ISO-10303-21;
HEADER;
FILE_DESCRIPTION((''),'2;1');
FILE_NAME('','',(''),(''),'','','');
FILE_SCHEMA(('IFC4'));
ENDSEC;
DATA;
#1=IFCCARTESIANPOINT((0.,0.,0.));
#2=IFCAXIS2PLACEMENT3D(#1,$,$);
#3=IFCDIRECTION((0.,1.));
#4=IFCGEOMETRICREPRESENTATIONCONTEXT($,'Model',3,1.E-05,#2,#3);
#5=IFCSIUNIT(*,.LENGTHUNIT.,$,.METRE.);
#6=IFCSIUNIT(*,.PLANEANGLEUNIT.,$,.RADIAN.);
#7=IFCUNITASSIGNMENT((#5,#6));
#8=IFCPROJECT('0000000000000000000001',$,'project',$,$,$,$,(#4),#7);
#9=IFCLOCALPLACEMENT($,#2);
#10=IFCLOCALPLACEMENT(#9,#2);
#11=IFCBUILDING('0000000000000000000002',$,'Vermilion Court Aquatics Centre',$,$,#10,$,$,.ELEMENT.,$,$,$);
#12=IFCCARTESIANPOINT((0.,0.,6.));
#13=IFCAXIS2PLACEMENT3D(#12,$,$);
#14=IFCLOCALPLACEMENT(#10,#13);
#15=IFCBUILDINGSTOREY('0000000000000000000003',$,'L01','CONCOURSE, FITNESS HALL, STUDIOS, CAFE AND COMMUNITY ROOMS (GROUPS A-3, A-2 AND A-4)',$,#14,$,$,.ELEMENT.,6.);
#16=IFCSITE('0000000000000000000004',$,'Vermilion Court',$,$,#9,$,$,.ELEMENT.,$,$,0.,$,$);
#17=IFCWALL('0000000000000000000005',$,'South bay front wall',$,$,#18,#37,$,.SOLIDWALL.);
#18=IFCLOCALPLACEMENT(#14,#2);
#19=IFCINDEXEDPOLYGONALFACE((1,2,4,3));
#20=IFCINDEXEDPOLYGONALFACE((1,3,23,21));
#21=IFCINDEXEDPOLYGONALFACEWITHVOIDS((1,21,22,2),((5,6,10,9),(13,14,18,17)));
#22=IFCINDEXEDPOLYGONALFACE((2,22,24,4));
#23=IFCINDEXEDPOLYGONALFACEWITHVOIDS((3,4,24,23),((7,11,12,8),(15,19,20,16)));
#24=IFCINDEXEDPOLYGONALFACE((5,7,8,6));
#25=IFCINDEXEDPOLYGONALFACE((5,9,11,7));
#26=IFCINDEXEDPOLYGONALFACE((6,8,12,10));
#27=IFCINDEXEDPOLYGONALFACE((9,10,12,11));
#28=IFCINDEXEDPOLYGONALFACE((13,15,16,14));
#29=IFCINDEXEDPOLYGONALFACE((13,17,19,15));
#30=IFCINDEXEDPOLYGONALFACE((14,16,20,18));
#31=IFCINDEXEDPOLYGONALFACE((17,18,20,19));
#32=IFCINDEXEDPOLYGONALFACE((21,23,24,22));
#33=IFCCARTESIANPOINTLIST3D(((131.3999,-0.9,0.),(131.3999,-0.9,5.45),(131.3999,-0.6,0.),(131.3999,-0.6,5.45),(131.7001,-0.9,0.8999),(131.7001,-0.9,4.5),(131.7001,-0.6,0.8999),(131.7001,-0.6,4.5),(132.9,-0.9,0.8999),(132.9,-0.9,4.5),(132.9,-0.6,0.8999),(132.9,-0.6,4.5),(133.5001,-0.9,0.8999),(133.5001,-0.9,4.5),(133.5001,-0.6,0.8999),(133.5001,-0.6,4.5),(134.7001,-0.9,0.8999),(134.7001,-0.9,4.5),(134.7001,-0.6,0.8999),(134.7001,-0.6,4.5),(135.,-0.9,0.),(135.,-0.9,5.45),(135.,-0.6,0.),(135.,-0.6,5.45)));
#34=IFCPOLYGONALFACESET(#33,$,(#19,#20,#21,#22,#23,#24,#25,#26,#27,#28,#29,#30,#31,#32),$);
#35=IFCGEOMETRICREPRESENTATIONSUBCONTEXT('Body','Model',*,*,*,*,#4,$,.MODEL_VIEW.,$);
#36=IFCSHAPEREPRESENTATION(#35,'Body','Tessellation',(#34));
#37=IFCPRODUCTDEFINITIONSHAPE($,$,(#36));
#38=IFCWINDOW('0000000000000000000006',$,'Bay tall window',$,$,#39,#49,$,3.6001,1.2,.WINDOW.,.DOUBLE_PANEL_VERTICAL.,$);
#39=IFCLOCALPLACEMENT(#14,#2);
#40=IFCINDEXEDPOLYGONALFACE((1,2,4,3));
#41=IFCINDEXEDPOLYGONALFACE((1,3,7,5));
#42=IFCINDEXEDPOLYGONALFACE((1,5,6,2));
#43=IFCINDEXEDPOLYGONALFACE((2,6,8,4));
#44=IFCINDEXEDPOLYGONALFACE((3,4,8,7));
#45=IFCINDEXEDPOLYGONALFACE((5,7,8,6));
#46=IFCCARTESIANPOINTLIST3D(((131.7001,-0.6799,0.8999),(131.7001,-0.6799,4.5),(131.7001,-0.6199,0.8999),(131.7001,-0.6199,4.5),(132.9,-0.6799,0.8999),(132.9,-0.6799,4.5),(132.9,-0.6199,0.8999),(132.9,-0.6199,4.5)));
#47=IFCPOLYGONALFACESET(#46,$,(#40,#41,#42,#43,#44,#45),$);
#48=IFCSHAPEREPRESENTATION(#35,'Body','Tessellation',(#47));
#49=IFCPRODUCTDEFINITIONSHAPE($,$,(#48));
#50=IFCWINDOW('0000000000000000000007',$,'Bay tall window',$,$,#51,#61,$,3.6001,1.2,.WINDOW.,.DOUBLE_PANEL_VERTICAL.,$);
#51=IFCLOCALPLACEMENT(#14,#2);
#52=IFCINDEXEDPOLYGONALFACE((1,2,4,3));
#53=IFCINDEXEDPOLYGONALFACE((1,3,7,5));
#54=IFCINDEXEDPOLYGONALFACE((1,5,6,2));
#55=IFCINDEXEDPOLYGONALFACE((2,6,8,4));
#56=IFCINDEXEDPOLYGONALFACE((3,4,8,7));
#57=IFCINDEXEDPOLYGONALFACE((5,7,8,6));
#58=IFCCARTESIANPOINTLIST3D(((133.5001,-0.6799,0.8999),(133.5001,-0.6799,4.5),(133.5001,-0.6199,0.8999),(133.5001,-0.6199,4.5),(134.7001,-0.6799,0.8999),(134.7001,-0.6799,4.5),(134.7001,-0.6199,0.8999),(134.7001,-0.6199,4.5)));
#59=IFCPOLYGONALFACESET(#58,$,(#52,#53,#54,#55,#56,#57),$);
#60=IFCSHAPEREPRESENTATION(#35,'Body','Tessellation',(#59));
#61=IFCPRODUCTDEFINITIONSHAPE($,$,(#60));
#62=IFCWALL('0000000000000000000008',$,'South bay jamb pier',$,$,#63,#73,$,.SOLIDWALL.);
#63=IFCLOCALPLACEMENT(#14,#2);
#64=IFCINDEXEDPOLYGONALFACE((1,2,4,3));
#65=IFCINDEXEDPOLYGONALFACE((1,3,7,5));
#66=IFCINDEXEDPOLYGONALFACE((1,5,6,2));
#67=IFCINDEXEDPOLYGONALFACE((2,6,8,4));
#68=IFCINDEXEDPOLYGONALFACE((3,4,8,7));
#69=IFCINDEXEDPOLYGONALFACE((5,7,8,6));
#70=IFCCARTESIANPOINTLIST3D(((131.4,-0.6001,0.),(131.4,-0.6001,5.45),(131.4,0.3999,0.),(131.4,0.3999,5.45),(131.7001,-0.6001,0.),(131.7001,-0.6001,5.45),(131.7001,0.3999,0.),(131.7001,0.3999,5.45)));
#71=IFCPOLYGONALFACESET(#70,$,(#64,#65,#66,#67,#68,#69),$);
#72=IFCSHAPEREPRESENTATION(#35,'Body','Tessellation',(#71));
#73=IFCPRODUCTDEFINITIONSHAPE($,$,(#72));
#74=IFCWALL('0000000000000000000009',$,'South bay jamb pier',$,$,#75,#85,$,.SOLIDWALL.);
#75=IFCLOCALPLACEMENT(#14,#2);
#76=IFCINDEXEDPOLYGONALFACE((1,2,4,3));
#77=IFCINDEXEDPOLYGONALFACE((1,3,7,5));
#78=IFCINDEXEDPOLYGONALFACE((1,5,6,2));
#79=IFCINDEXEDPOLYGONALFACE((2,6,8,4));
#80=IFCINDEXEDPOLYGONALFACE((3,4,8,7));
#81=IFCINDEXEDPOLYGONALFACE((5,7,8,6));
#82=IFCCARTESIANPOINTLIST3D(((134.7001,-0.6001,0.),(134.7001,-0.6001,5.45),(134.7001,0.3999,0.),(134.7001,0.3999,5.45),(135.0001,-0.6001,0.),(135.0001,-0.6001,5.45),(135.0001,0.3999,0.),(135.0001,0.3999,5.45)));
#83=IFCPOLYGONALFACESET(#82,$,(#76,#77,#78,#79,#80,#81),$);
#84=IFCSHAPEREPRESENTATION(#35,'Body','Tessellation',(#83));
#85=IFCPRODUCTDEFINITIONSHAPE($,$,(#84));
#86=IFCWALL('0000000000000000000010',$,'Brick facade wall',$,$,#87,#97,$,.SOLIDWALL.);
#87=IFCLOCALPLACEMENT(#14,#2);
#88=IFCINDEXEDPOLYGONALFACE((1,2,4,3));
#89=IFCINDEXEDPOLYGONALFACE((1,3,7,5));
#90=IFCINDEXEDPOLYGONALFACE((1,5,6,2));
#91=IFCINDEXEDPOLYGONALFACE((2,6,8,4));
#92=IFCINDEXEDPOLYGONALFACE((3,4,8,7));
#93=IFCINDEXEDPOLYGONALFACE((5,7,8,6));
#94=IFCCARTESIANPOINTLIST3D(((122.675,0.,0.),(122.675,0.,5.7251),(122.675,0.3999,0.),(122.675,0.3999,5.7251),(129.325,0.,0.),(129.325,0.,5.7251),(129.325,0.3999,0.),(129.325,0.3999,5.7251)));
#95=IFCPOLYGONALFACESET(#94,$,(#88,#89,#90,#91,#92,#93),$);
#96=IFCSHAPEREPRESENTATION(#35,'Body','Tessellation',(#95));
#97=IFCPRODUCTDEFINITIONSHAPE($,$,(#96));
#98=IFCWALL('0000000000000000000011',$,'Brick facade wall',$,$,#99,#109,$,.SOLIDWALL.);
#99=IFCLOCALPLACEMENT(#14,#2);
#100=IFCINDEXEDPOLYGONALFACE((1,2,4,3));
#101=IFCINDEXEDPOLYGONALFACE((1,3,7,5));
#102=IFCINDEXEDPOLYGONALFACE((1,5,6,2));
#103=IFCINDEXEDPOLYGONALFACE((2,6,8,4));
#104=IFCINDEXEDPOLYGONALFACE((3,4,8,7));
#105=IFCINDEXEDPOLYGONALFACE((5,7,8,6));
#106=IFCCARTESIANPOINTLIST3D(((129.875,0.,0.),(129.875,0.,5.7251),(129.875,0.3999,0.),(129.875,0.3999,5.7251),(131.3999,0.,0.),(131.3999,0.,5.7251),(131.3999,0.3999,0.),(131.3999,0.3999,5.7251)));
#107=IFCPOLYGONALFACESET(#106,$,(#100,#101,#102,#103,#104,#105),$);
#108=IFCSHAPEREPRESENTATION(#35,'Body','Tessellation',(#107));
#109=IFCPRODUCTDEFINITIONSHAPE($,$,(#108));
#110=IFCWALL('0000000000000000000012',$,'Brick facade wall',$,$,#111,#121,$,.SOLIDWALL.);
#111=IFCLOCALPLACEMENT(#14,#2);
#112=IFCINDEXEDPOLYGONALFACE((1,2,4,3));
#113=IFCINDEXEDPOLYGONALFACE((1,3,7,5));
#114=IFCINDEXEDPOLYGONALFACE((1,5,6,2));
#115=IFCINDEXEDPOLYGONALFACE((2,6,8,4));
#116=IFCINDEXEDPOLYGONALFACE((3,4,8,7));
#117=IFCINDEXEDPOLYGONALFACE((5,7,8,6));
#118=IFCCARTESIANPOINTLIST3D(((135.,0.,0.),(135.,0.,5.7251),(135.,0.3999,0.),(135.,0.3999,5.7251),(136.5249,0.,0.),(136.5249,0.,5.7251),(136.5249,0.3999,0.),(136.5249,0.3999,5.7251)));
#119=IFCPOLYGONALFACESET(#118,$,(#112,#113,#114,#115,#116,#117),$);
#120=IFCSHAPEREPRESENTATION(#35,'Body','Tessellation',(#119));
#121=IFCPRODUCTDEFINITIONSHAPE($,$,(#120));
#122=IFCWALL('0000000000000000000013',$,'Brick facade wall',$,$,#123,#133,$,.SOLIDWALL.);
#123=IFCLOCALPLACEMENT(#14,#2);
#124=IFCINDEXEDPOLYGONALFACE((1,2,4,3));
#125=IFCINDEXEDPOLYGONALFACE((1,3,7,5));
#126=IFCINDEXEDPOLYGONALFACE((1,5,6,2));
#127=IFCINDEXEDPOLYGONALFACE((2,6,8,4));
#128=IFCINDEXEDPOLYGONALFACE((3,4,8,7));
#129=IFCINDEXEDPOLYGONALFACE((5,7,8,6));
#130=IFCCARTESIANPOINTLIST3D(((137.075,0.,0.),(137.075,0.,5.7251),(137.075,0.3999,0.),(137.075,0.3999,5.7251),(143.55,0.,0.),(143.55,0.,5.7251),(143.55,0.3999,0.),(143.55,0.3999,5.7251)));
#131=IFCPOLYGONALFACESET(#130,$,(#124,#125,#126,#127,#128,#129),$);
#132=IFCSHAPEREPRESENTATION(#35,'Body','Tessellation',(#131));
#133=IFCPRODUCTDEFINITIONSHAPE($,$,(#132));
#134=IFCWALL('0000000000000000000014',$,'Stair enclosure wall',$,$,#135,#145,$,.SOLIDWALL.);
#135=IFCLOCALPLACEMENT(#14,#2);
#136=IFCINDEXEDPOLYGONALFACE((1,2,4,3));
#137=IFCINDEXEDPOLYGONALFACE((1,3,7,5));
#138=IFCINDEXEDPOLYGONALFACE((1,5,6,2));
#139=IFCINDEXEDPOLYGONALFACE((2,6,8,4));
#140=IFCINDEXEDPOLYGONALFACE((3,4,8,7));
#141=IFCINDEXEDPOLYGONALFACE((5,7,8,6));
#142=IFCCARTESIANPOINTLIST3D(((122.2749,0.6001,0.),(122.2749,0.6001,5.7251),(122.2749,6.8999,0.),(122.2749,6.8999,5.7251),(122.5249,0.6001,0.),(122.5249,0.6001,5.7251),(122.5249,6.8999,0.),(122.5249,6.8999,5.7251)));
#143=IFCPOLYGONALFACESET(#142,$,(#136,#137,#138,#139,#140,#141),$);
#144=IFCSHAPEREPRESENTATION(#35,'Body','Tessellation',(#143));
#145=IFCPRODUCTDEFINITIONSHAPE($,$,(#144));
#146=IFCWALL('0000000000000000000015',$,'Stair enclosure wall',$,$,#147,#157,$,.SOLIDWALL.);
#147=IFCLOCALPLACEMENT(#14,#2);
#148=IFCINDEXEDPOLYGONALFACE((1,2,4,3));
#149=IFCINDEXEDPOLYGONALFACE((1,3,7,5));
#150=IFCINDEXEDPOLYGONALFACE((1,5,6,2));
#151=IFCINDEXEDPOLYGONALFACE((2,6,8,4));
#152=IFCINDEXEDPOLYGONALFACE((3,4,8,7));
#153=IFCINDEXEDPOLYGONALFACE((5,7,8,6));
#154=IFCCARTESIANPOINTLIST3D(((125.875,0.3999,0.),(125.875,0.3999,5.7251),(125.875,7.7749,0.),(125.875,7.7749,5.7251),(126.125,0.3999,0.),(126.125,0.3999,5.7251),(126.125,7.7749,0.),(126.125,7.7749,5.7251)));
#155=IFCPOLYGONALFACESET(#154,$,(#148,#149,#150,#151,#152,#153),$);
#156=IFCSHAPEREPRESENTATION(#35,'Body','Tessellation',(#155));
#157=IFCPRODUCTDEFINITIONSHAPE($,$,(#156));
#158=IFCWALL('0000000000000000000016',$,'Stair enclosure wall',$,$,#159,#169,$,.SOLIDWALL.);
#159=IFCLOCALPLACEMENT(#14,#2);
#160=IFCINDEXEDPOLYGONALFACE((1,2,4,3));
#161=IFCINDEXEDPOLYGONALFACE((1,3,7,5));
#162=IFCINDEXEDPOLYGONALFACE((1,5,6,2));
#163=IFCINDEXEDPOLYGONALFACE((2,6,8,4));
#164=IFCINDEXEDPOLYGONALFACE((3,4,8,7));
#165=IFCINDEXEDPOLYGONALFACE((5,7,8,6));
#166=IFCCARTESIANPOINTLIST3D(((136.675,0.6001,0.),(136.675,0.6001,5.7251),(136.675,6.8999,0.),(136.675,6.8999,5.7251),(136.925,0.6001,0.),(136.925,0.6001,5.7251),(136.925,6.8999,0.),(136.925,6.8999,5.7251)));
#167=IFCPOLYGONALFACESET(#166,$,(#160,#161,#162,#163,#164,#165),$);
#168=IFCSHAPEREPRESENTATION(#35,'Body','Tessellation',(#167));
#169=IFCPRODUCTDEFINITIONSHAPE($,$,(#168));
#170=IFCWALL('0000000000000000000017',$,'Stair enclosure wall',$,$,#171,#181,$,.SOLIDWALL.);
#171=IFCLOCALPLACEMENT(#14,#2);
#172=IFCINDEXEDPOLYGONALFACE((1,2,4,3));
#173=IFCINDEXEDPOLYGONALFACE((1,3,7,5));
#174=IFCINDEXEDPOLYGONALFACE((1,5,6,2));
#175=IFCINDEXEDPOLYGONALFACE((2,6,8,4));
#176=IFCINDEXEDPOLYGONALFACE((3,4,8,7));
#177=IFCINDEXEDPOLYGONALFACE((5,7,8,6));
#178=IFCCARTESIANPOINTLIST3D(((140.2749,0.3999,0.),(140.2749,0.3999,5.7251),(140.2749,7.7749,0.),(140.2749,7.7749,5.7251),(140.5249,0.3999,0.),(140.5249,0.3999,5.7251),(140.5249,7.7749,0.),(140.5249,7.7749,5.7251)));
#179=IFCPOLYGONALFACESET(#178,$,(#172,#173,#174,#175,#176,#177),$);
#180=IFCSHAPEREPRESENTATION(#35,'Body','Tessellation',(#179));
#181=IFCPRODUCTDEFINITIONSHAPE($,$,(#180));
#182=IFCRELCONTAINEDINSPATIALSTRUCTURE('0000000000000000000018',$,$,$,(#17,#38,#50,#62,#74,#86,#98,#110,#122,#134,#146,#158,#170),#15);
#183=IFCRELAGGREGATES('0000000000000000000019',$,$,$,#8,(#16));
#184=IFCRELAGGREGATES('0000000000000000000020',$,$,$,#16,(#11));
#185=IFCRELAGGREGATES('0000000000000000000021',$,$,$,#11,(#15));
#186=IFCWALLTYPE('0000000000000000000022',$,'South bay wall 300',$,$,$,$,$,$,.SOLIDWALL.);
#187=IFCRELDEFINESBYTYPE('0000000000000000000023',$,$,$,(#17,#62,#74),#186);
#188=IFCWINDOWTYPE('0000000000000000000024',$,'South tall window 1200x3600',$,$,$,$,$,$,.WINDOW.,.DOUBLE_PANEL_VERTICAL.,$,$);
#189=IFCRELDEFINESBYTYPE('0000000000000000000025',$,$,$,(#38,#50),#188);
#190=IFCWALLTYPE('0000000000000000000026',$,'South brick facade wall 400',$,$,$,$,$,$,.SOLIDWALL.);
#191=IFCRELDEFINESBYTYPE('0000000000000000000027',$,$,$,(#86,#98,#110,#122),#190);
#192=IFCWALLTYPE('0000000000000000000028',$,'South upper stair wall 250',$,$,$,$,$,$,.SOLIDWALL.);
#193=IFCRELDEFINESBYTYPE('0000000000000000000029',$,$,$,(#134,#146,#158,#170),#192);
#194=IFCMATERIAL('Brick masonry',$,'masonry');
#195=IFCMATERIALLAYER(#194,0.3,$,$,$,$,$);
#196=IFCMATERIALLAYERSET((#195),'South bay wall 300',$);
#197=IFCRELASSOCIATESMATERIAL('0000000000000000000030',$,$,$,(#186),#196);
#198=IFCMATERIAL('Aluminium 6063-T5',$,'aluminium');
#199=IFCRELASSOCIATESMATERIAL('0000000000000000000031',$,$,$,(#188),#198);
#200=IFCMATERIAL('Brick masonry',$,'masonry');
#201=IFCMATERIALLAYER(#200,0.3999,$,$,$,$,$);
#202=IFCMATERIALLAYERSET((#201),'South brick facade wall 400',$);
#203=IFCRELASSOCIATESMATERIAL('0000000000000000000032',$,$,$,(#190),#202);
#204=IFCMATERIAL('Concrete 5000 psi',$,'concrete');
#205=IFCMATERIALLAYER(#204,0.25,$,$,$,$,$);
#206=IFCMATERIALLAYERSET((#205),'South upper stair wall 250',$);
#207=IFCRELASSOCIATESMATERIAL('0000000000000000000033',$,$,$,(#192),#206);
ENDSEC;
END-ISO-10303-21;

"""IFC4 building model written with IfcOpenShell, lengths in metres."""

from ifc_helpers import new_model, si_unit, direction, frame, frame_2d, origin, place, context, subcontext, project, spatial, rectangle, extrude, material, layer, layer_set, type_object, element, fill, save


model = new_model("IFC4")

# Units and contexts
model_context = context("Model", 3, precision=1e-05, world=origin(), true_north=direction((0.0, 1.0)))
body_context = subcontext(model_context, "Body", "Model", "MODEL_VIEW")
ifc_project = project(units=[si_unit("LENGTHUNIT", "METRE"), si_unit("PLANEANGLEUNIT", "RADIAN")], contexts=[model_context])

# Site, building, storey
site_placement = place(None, origin())
site = spatial("IfcSite", under=ifc_project, at=site_placement, Name="Vermilion Court", CompositionType="ELEMENT", RefElevation=0.0)
building_placement = place(site_placement, origin())
building = spatial("IfcBuilding", under=site, at=building_placement, Name="Vermilion Court Aquatics Centre", CompositionType="ELEMENT")
storey_placement = place(building_placement, frame((0.0, 0.0, 6.0)))
storey = spatial("IfcBuildingStorey", under=building, at=storey_placement, Name="L01", Description="CONCOURSE, FITNESS HALL, STUDIOS, CAFE AND COMMUNITY ROOMS (GROUPS A-3, A-2 AND A-4)", CompositionType="ELEMENT", Elevation=6.0)

# Wall, openings, windows
ifc_material_1 = material(Name="Brick masonry", Category="masonry")
ifc_layer_1 = layer(ifc_material_1, 0.3)
ifc_layer_set_1 = layer_set([ifc_layer_1], Name="South bay wall 300")
wall_type_1 = type_object("IfcWallType", Name="South bay wall 300", PredefinedType="SOLIDWALL", material=ifc_layer_set_1)
wall_1_placement = place(storey_placement, frame((131.3999, -0.75, 0.0), z_axis=(0.0, 0.0, 1.0), x_axis=(1.0, 0.0, 0.0)))
wall_1 = element("IfcWall", 1, at=wall_1_placement, inside=storey, type_object=wall_type_1, Name="South bay front wall", PredefinedType="SOLIDWALL", context=body_context, shape_type="SweptSolid", body=[
    extrude(rectangle(XDim=3.6001, YDim=0.3, at=frame_2d((1.8, 0.0))), origin(), (0.0, 0.0, 1.0), 5.45),
])
opening_1_placement = place(wall_1_placement, frame((0.3, 0.0, 0.8999)))
opening_1 = element("IfcOpeningElement", 2, at=opening_1_placement, cuts=wall_1, PredefinedType="OPENING", context=body_context, shape_type="SweptSolid", body=[
    extrude(rectangle(XDim=1.2, YDim=3.6001, at=frame_2d((0.6001, 1.8))), frame((0.0, 0.1599, 0.0), z_axis=(0.0, -1.0, 0.0), x_axis=(1.0, 0.0, 0.0)), (0.0, 0.0, 1.0), 0.3201),
])
opening_2_placement = place(wall_1_placement, frame((2.1001, 0.0, 0.8999)))
opening_2 = element("IfcOpeningElement", 3, at=opening_2_placement, cuts=wall_1, PredefinedType="OPENING", context=body_context, shape_type="SweptSolid", body=[
    extrude(rectangle(XDim=1.2, YDim=3.6001, at=frame_2d((0.6001, 1.8))), frame((0.0, 0.1599, 0.0), z_axis=(0.0, -1.0, 0.0), x_axis=(1.0, 0.0, 0.0)), (0.0, 0.0, 1.0), 0.3201),
])
ifc_material_2 = material(Name="Aluminium 6063-T5", Category="aluminium")
window_type_1 = type_object("IfcWindowType", Name="South tall window 1200x3600", PartitioningType="DOUBLE_PANEL_VERTICAL", PredefinedType="WINDOW", material=ifc_material_2)
window_1_placement = place(opening_1_placement, origin())
window_1 = element("IfcWindow", 4, at=window_1_placement, inside=storey, type_object=window_type_1, Name="Bay tall window", OverallHeight=3.6001, OverallWidth=1.2, PartitioningType="DOUBLE_PANEL_VERTICAL", PredefinedType="WINDOW", context=body_context, shape_type="SweptSolid", body=[
    extrude(rectangle(XDim=1.2, YDim=3.6001, at=frame_2d((0.6001, 1.8))), frame((0.0, 0.1301, 0.0), z_axis=(0.0, -1.0, 0.0), x_axis=(1.0, 0.0, 0.0)), (0.0, 0.0, 1.0), 0.0601),
])
fill(opening_1, window_1)
window_2_placement = place(opening_2_placement, origin())
window_2 = element("IfcWindow", 5, at=window_2_placement, inside=storey, type_object=window_type_1, Name="Bay tall window", OverallHeight=3.6001, OverallWidth=1.2, PartitioningType="DOUBLE_PANEL_VERTICAL", PredefinedType="WINDOW", context=body_context, shape_type="SweptSolid", body=[
    extrude(rectangle(XDim=1.2, YDim=3.6001, at=frame_2d((0.6001, 1.8))), frame((0.0, 0.1301, 0.0), z_axis=(0.0, -1.0, 0.0), x_axis=(1.0, 0.0, 0.0)), (0.0, 0.0, 1.0), 0.0601),
])
fill(opening_2, window_2)

# Walls
for number, where, z_axis, x_axis, name in (
    (6, (131.55, -0.6001, 0.0), (0.0, 0.0, 1.0), (0.0, 1.0, 0.0), "South bay jamb pier"),
    (7, (134.8501, -0.6001, 0.0), (0.0, 0.0, 1.0), (0.0, 1.0, 0.0), "South bay jamb pier"),
):
    element("IfcWall", number, at=place(storey_placement, frame(where, z_axis=z_axis, x_axis=x_axis)), inside=storey, type_object=wall_type_1, Name=name, PredefinedType="SOLIDWALL", context=body_context, shape_type="SweptSolid", body=[
        extrude(rectangle(XDim=1.0, YDim=0.3, at=frame_2d((0.5, 0.0))), origin(), (0.0, 0.0, 1.0), 5.45),
    ])
ifc_material_3 = material(Name="Brick masonry", Category="masonry")
ifc_layer_2 = layer(ifc_material_3, 0.3999)
ifc_layer_set_2 = layer_set([ifc_layer_2], Name="South brick facade wall 400")
wall_type_2 = type_object("IfcWallType", Name="South brick facade wall 400", PredefinedType="SOLIDWALL", material=ifc_layer_set_2)
wall_2_placement = place(storey_placement, frame((122.675, 0.2, 0.0), z_axis=(0.0, 0.0, 1.0), x_axis=(1.0, 0.0, 0.0)))
element("IfcWall", 8, at=wall_2_placement, inside=storey, type_object=wall_type_2, Name="Brick facade wall", PredefinedType="SOLIDWALL", context=body_context, shape_type="SweptSolid", body=[
    extrude(rectangle(XDim=6.6499, YDim=0.3999, at=frame_2d((3.325, 0.0))), origin(), (0.0, 0.0, 1.0), 5.7251),
])
for number, where, z_axis, x_axis, name in (
    (9, (129.875, 0.2, 0.0), (0.0, 0.0, 1.0), (1.0, 0.0, 0.0), "Brick facade wall"),
    (10, (135.0, 0.2, 0.0), (0.0, 0.0, 1.0), (1.0, 0.0, 0.0), "Brick facade wall"),
):
    element("IfcWall", number, at=place(storey_placement, frame(where, z_axis=z_axis, x_axis=x_axis)), inside=storey, type_object=wall_type_2, Name=name, PredefinedType="SOLIDWALL", context=body_context, shape_type="SweptSolid", body=[
        extrude(rectangle(XDim=1.5249, YDim=0.3999, at=frame_2d((0.7625, 0.0))), origin(), (0.0, 0.0, 1.0), 5.7251),
    ])
wall_3_placement = place(storey_placement, frame((137.075, 0.2, 0.0), z_axis=(0.0, 0.0, 1.0), x_axis=(1.0, 0.0, 0.0)))
element("IfcWall", 11, at=wall_3_placement, inside=storey, type_object=wall_type_2, Name="Brick facade wall", PredefinedType="SOLIDWALL", context=body_context, shape_type="SweptSolid", body=[
    extrude(rectangle(XDim=6.4751, YDim=0.3999, at=frame_2d((3.2375, 0.0))), origin(), (0.0, 0.0, 1.0), 5.7251),
])
ifc_material_4 = material(Name="Concrete 5000 psi", Category="concrete")
ifc_layer_3 = layer(ifc_material_4, 0.25)
ifc_layer_set_3 = layer_set([ifc_layer_3], Name="South upper stair wall 250")
wall_type_3 = type_object("IfcWallType", Name="South upper stair wall 250", PredefinedType="SOLIDWALL", material=ifc_layer_set_3)
wall_4_placement = place(storey_placement, frame((122.3999, 0.6001, 0.0), z_axis=(0.0, 0.0, 1.0), x_axis=(0.0, 1.0, 0.0)))
element("IfcWall", 12, at=wall_4_placement, inside=storey, type_object=wall_type_3, Name="Stair enclosure wall", PredefinedType="SOLIDWALL", context=body_context, shape_type="SweptSolid", body=[
    extrude(rectangle(XDim=6.2998, YDim=0.25, at=frame_2d((3.1499, 0.0))), origin(), (0.0, 0.0, 1.0), 5.7251),
])
wall_5_placement = place(storey_placement, frame((126.0, 0.3999, 0.0), z_axis=(0.0, 0.0, 1.0), x_axis=(0.0, 1.0, 0.0)))
element("IfcWall", 13, at=wall_5_placement, inside=storey, type_object=wall_type_3, Name="Stair enclosure wall", PredefinedType="SOLIDWALL", context=body_context, shape_type="SweptSolid", body=[
    extrude(rectangle(XDim=7.375, YDim=0.25, at=frame_2d((3.6875, 0.0))), origin(), (0.0, 0.0, 1.0), 5.7251),
])
wall_6_placement = place(storey_placement, frame((136.8, 0.6001, 0.0), z_axis=(0.0, 0.0, 1.0), x_axis=(0.0, 1.0, 0.0)))
element("IfcWall", 14, at=wall_6_placement, inside=storey, type_object=wall_type_3, Name="Stair enclosure wall", PredefinedType="SOLIDWALL", context=body_context, shape_type="SweptSolid", body=[
    extrude(rectangle(XDim=6.2998, YDim=0.25, at=frame_2d((3.1499, 0.0))), origin(), (0.0, 0.0, 1.0), 5.7251),
])
wall_7_placement = place(storey_placement, frame((140.3999, 0.3999, 0.0), z_axis=(0.0, 0.0, 1.0), x_axis=(0.0, 1.0, 0.0)))
element("IfcWall", 15, at=wall_7_placement, inside=storey, type_object=wall_type_3, Name="Stair enclosure wall", PredefinedType="SOLIDWALL", context=body_context, shape_type="SweptSolid", body=[
    extrude(rectangle(XDim=7.375, YDim=0.25, at=frame_2d((3.6875, 0.0))), origin(), (0.0, 0.0, 1.0), 5.7251),
])

save(model, "model.ifc")
